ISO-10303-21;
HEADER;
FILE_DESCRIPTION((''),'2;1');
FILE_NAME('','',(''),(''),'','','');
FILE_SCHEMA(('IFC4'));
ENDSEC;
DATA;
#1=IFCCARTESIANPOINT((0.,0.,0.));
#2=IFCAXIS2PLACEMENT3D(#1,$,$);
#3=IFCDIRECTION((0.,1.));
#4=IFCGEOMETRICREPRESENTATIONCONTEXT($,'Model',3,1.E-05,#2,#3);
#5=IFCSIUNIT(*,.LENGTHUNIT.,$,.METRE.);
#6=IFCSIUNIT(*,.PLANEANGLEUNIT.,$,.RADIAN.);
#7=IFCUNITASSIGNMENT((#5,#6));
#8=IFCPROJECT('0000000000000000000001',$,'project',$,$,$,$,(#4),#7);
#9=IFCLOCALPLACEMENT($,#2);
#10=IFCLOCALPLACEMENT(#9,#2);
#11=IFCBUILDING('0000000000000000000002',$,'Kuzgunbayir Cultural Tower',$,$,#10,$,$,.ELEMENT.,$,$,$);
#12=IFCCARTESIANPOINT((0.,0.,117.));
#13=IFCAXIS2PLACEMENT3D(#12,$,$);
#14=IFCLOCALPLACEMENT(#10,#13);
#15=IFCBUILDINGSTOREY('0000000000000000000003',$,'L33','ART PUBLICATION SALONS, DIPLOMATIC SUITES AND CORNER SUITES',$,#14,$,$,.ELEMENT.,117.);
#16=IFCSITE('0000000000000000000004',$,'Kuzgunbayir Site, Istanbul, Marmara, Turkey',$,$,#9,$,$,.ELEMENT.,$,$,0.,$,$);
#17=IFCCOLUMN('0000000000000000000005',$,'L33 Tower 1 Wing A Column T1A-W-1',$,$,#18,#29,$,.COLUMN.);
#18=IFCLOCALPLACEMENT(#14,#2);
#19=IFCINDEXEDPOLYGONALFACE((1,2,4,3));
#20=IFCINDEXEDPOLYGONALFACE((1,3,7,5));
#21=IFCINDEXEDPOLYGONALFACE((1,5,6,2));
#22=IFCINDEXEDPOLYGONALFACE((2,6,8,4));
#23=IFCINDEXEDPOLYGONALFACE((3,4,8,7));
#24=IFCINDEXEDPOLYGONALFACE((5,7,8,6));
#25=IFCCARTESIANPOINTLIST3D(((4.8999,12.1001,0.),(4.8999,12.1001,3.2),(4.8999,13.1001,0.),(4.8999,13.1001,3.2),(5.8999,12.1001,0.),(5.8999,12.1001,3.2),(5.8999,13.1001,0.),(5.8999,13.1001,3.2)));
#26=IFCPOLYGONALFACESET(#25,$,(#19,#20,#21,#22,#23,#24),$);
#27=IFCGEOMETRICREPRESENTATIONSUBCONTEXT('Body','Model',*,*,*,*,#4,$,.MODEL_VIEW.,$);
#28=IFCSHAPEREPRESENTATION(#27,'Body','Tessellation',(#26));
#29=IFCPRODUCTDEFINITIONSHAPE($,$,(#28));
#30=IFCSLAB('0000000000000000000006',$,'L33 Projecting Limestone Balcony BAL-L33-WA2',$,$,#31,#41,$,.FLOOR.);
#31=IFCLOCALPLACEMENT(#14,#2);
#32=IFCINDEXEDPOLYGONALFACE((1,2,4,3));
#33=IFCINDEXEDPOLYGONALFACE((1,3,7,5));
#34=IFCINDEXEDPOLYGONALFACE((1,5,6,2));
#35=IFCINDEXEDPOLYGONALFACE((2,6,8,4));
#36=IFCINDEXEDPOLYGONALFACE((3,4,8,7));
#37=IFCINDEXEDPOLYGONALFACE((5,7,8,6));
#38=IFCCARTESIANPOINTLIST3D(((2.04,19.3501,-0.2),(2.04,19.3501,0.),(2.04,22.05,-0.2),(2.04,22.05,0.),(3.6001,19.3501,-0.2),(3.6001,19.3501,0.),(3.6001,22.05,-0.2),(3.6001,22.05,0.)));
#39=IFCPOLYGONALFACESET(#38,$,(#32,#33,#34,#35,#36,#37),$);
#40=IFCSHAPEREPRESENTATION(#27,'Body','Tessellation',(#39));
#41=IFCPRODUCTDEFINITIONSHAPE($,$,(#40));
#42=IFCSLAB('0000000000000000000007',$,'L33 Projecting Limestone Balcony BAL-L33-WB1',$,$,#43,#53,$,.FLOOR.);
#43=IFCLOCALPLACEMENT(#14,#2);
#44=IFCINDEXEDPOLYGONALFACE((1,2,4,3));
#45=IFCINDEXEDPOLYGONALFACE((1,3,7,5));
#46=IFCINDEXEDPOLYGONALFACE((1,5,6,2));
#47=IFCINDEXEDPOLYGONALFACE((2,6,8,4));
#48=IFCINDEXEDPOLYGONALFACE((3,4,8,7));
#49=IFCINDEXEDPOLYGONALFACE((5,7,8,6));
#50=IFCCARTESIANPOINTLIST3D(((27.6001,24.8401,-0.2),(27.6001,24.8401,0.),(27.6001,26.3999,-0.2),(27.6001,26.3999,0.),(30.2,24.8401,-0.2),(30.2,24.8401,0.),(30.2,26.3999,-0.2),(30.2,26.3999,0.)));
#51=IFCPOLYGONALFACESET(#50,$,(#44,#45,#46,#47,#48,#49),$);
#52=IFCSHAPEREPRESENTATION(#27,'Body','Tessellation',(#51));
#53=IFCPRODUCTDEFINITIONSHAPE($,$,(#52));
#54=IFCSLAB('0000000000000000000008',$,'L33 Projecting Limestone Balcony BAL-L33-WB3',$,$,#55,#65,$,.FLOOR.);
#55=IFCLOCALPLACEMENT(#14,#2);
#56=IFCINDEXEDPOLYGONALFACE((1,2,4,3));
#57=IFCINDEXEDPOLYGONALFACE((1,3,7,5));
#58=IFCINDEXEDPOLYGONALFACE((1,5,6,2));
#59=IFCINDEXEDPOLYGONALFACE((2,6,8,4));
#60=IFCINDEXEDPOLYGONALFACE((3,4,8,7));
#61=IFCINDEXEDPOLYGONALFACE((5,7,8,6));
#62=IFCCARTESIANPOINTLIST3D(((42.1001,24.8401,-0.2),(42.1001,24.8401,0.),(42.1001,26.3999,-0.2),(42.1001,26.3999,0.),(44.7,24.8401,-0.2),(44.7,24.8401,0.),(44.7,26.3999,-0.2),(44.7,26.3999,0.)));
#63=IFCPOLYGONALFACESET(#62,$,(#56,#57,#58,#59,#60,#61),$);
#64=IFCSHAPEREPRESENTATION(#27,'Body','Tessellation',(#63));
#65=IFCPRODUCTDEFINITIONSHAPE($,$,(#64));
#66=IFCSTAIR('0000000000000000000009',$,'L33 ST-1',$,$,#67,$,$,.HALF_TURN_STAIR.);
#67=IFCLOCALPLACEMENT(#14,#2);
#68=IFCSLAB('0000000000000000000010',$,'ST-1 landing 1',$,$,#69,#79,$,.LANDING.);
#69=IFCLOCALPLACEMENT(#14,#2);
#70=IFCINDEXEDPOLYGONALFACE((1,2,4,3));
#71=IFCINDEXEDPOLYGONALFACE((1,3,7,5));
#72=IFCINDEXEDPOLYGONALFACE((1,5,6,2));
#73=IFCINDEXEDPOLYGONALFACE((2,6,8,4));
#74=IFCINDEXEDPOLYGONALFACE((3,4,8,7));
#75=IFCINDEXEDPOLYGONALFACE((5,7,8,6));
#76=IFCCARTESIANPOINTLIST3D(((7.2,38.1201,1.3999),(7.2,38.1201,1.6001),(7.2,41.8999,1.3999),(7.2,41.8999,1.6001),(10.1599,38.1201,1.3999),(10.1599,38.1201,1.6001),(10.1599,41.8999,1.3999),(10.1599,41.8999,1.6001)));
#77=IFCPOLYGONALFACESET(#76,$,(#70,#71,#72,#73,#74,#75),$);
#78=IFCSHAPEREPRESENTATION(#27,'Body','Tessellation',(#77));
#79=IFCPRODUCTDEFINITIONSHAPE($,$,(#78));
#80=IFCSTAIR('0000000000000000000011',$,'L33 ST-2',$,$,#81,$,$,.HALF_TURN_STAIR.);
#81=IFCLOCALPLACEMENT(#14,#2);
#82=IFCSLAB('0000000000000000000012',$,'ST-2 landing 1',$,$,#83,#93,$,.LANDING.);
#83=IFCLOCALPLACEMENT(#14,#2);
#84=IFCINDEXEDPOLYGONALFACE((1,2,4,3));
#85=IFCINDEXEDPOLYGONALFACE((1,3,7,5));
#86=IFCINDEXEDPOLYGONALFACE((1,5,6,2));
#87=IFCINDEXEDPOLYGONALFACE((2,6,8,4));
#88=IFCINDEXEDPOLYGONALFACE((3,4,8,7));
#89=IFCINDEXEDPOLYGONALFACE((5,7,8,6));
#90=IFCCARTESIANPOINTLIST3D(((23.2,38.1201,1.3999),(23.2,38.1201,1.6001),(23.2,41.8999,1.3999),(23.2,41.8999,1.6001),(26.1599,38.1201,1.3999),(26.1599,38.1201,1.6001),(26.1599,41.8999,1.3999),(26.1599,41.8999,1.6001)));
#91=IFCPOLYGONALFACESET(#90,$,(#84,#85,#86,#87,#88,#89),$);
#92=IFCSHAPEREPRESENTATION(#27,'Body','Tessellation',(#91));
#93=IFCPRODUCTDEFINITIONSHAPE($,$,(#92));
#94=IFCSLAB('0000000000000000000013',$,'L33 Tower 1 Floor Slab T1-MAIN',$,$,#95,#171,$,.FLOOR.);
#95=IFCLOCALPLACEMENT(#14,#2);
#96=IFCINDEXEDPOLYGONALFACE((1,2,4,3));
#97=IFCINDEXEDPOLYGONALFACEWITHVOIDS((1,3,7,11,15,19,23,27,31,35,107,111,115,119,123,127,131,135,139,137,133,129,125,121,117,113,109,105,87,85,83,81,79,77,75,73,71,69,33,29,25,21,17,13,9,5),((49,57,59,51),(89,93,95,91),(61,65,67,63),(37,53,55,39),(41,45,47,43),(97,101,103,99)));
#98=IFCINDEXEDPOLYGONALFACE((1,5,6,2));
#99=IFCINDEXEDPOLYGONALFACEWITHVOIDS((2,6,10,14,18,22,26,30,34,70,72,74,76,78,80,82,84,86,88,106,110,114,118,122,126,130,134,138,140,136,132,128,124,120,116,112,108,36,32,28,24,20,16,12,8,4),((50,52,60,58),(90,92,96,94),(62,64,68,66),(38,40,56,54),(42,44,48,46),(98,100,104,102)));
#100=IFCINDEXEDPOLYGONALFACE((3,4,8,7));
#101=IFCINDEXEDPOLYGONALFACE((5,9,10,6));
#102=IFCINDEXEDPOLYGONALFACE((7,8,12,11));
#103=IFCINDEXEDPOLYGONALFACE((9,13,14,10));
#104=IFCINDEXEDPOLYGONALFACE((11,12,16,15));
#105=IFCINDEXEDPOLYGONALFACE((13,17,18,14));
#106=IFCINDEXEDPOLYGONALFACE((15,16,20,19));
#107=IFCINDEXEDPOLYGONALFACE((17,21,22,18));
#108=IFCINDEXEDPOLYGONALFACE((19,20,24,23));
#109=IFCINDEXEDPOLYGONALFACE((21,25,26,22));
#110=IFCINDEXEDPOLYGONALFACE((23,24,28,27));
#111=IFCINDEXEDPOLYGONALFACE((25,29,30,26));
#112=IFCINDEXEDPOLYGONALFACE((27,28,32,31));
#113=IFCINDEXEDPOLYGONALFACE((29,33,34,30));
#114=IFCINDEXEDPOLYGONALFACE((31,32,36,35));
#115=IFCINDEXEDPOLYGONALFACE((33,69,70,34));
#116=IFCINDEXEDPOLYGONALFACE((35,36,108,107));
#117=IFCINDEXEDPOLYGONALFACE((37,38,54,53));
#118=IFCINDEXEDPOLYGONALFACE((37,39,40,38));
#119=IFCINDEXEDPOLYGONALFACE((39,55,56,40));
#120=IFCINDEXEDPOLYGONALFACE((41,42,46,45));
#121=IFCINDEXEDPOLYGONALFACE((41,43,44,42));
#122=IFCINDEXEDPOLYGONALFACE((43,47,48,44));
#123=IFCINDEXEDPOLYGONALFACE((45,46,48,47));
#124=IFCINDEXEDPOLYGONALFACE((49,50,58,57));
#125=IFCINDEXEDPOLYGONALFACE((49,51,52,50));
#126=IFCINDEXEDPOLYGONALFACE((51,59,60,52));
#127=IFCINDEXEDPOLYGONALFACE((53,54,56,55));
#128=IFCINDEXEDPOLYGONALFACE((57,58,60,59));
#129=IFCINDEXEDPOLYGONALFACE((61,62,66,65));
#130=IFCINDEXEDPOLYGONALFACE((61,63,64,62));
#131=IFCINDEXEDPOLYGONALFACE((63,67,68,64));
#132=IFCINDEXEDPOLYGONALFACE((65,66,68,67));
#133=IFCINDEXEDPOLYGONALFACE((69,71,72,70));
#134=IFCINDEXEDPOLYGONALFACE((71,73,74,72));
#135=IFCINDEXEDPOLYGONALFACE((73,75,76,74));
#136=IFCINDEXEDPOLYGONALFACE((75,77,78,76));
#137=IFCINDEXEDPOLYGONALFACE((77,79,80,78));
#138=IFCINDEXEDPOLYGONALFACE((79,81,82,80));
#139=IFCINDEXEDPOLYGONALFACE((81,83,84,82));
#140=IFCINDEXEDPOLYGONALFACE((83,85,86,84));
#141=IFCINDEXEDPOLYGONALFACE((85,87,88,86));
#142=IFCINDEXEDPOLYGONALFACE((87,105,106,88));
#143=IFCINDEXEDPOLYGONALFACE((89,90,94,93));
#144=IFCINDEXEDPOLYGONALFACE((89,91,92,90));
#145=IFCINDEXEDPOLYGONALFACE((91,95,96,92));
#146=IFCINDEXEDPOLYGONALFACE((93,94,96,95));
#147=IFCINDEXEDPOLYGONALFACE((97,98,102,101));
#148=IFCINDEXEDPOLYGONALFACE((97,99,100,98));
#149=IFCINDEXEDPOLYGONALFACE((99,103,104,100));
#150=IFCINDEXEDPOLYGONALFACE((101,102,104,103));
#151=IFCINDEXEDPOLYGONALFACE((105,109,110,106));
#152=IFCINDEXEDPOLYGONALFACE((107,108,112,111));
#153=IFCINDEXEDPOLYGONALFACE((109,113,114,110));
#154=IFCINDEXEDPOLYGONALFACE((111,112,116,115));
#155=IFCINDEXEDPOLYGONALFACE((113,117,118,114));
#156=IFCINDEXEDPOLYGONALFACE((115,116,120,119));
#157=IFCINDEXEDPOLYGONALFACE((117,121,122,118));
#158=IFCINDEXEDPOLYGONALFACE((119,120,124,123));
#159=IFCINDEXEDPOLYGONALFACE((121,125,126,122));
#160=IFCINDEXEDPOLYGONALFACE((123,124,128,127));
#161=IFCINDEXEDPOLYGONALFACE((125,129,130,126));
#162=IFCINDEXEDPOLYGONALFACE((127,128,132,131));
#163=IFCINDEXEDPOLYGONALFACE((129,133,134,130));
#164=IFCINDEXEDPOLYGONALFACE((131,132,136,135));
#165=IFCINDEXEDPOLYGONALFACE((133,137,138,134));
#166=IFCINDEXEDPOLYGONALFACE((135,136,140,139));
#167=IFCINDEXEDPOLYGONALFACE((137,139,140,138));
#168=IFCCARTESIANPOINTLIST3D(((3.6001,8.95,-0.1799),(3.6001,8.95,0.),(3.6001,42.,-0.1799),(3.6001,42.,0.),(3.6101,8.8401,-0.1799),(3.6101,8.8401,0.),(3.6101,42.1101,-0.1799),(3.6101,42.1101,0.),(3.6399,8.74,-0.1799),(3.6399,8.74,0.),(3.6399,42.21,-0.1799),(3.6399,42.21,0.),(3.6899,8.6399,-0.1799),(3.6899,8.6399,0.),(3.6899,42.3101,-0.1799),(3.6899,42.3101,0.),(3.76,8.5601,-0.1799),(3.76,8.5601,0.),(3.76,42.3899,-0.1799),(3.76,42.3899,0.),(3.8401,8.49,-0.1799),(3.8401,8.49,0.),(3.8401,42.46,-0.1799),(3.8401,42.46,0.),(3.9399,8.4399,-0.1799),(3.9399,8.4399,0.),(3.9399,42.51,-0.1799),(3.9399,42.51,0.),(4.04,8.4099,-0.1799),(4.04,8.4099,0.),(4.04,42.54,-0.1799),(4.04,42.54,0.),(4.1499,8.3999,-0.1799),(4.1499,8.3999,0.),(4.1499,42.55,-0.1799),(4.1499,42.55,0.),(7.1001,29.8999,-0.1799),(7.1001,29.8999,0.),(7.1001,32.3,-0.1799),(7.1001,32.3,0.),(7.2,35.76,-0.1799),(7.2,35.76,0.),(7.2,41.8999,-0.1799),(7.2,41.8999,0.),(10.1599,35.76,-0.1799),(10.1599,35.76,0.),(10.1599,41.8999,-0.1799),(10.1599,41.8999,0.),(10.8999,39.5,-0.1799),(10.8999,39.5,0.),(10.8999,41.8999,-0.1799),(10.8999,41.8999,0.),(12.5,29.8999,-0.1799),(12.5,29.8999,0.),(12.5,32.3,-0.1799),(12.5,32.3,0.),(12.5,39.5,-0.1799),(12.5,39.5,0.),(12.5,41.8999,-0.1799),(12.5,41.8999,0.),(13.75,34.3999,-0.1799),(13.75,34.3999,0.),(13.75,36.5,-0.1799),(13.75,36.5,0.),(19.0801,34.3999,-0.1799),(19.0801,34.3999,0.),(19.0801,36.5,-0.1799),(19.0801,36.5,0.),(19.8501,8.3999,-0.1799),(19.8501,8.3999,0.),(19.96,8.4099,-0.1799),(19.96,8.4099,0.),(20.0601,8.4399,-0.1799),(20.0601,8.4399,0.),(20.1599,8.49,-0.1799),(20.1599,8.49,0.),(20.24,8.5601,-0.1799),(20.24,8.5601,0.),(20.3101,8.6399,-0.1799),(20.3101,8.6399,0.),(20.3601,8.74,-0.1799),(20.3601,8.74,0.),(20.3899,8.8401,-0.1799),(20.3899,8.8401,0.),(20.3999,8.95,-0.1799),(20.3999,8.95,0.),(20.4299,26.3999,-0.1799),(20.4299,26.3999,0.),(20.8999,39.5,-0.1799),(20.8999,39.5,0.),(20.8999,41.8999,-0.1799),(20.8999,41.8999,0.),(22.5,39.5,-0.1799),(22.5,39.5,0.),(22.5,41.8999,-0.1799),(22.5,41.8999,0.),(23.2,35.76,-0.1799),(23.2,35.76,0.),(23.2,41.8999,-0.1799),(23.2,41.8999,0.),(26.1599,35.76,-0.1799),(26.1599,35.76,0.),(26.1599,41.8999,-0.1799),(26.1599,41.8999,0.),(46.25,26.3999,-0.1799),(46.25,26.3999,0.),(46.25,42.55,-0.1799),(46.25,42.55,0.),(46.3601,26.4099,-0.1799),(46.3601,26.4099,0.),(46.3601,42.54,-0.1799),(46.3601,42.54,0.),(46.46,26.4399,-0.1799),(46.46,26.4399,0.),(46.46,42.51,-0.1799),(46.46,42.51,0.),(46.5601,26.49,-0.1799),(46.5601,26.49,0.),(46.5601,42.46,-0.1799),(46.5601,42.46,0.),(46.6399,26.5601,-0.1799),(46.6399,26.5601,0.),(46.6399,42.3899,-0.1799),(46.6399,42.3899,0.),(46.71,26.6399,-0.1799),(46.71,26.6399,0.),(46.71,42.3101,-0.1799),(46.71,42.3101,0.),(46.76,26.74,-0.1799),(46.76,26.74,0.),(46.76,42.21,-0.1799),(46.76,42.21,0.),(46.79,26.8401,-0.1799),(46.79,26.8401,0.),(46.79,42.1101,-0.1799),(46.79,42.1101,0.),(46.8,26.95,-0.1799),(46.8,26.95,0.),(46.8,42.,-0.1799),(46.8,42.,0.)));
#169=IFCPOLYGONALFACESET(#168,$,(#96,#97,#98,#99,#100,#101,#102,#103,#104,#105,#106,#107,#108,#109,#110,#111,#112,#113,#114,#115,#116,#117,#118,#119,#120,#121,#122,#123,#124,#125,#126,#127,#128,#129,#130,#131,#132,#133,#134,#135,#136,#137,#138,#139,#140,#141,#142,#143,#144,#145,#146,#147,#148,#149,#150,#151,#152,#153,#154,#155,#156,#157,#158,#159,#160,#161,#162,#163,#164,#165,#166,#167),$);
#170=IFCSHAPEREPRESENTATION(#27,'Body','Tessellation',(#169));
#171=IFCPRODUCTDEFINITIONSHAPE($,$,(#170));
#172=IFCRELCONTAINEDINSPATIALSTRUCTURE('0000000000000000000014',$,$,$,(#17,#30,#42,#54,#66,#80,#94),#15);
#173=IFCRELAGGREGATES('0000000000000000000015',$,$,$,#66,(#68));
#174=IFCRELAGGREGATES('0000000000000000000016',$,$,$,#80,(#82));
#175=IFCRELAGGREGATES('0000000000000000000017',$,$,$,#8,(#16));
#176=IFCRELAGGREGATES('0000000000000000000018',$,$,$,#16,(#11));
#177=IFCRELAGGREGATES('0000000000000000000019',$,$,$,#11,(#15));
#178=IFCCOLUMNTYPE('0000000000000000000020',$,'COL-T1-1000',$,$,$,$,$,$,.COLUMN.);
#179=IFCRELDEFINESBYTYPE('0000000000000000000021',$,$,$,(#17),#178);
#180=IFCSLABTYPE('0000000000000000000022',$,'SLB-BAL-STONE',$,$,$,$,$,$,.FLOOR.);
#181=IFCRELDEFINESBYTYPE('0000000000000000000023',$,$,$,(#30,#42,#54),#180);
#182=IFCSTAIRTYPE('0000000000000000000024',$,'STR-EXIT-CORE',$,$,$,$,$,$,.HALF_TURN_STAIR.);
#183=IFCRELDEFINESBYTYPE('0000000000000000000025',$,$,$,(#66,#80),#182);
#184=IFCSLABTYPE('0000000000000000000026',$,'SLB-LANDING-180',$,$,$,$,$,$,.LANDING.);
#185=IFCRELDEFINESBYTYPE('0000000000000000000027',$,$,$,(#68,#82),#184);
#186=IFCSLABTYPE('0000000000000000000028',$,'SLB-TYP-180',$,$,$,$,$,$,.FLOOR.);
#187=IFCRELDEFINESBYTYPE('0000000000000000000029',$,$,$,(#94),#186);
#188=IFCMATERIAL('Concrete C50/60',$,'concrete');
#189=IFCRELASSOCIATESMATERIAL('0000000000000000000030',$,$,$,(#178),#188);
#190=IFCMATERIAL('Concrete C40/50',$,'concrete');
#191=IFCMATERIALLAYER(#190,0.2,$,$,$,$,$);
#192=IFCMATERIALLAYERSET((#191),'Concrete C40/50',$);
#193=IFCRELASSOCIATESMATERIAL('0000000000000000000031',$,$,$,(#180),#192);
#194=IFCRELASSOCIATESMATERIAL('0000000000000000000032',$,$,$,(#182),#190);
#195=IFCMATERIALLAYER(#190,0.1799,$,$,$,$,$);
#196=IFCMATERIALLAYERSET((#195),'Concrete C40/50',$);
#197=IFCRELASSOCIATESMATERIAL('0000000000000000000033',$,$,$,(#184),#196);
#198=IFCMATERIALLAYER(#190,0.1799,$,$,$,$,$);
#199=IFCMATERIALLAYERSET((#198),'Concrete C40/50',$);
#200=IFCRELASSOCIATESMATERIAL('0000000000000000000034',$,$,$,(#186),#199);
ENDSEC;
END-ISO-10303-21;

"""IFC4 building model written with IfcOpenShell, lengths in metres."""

from ifc_helpers import new_model, si_unit, direction, frame, origin, origin_2d, place, context, subcontext, project, spatial, polyline, rectangle, outline, extrude, material, layer, layer_set, material_profile, profile_set, type_object, element, aggregate, save


model = new_model("IFC4")

# Units and contexts
model_context = context("Model", 3, precision=1e-05, world=origin(), true_north=direction((0.0, 1.0)))
body_context = subcontext(model_context, "Body", "Model", "MODEL_VIEW")
ifc_project = project(units=[si_unit("LENGTHUNIT", "METRE"), si_unit("PLANEANGLEUNIT", "RADIAN")], contexts=[model_context])

# Site, building, storey
site_placement = place(None, origin())
site = spatial("IfcSite", under=ifc_project, at=site_placement, Name="Kuzgunbayir Site, Istanbul, Marmara, Turkey", CompositionType="ELEMENT", RefElevation=0.0)
building_placement = place(site_placement, origin())
building = spatial("IfcBuilding", under=site, at=building_placement, Name="Kuzgunbayir Cultural Tower", CompositionType="ELEMENT")
storey_placement = place(building_placement, frame((0.0, 0.0, 117.0)))
storey = spatial("IfcBuildingStorey", under=building, at=storey_placement, Name="L33", Description="ART PUBLICATION SALONS, DIPLOMATIC SUITES AND CORNER SUITES", CompositionType="ELEMENT", Elevation=117.0)

# Column
ifc_material_1 = material(Name="Concrete C50/60", Category="concrete")
ifc_material_profile = material_profile(ifc_material_1, rectangle(XDim=1.0, YDim=1.0, at=origin_2d()), Name="RC 1000x1000")
ifc_profile_set = profile_set([ifc_material_profile], Name="Concrete C50/60")
column_type = type_object("IfcColumnType", Name="COL-T1-1000", PredefinedType="COLUMN", material=ifc_profile_set)
column_placement = place(storey_placement, frame((5.3999, 12.6001, 0.0), z_axis=(0.0, 0.0, 1.0), x_axis=(1.0, 0.0, 0.0)))
element("IfcColumn", 1, at=column_placement, inside=storey, type_object=column_type, Name="L33 Tower 1 Wing A Column T1A-W-1", PredefinedType="COLUMN", context=body_context, shape_type="SweptSolid", body=[
    extrude(rectangle(XDim=1.0, YDim=1.0, at=origin_2d()), origin(), (0.0, 0.0, 1.0), 3.2),
])

# Slabs
ifc_material_2 = material(Name="Concrete C40/50", Category="concrete")
ifc_layer_1 = layer(ifc_material_2, 0.2)
ifc_layer_set_1 = layer_set([ifc_layer_1], Name="Concrete C40/50")
slab_type_1 = type_object("IfcSlabType", Name="SLB-BAL-STONE", PredefinedType="FLOOR", material=ifc_layer_set_1)
slab_1_placement = place(storey_placement, frame((0.0, 0.0, -0.2)))
element("IfcSlab", 2, at=slab_1_placement, inside=storey, type_object=slab_type_1, Name="L33 Projecting Limestone Balcony BAL-L33-WA2", PredefinedType="FLOOR", context=body_context, shape_type="SweptSolid", body=[
    extrude(outline(polyline([(2.04, 19.3501), (3.6001, 19.3501), (3.6001, 22.05), (2.04, 22.05), (2.04, 19.3501)])), origin(), (0.0, 0.0, 1.0), 0.2),
])
slab_2_placement = place(storey_placement, frame((0.0, 0.0, -0.2)))
element("IfcSlab", 3, at=slab_2_placement, inside=storey, type_object=slab_type_1, Name="L33 Projecting Limestone Balcony BAL-L33-WB1", PredefinedType="FLOOR", context=body_context, shape_type="SweptSolid", body=[
    extrude(outline(polyline([(27.6001, 24.8401), (30.2, 24.8401), (30.2, 26.3999), (27.6001, 26.3999), (27.6001, 24.8401)])), origin(), (0.0, 0.0, 1.0), 0.2),
])
slab_3_placement = place(storey_placement, frame((0.0, 0.0, -0.2)))
element("IfcSlab", 4, at=slab_3_placement, inside=storey, type_object=slab_type_1, Name="L33 Projecting Limestone Balcony BAL-L33-WB3", PredefinedType="FLOOR", context=body_context, shape_type="SweptSolid", body=[
    extrude(outline(polyline([(42.1001, 24.8401), (44.7, 24.8401), (44.7, 26.3999), (42.1001, 26.3999), (42.1001, 24.8401)])), origin(), (0.0, 0.0, 1.0), 0.2),
])

# Stairs, slabs
stair_type = type_object("IfcStairType", Name="STR-EXIT-CORE", PredefinedType="HALF_TURN_STAIR", material=ifc_material_2)
stair_1_placement = place(storey_placement, origin())
stair_1 = element("IfcStair", 5, at=stair_1_placement, inside=storey, type_object=stair_type, Name="L33 ST-1", PredefinedType="HALF_TURN_STAIR")
ifc_layer_2 = layer(ifc_material_2, 0.1799)
ifc_layer_set_2 = layer_set([ifc_layer_2], Name="Concrete C40/50")
slab_type_2 = type_object("IfcSlabType", Name="SLB-LANDING-180", PredefinedType="LANDING", material=ifc_layer_set_2)
slab_4_placement = place(storey_placement, frame((0.0, 0.0, 1.3999)))
slab_4 = element("IfcSlab", 6, at=slab_4_placement, type_object=slab_type_2, Name="ST-1 landing 1", PredefinedType="LANDING", context=body_context, shape_type="SweptSolid", body=[
    extrude(outline(polyline([(10.1599, 38.1201), (10.1599, 41.8999), (7.2, 41.8999), (7.2, 38.1201), (10.1599, 38.1201)])), origin(), (0.0, 0.0, 1.0), 0.2002),
])
aggregate(stair_1, [slab_4])
stair_2_placement = place(storey_placement, origin())
stair_2 = element("IfcStair", 7, at=stair_2_placement, inside=storey, type_object=stair_type, Name="L33 ST-2", PredefinedType="HALF_TURN_STAIR")
slab_5_placement = place(storey_placement, frame((0.0, 0.0, 1.3999)))
slab_5 = element("IfcSlab", 8, at=slab_5_placement, type_object=slab_type_2, Name="ST-2 landing 1", PredefinedType="LANDING", context=body_context, shape_type="SweptSolid", body=[
    extrude(outline(polyline([(26.1599, 38.1201), (26.1599, 41.8999), (23.2, 41.8999), (23.2, 38.1201), (26.1599, 38.1201)])), origin(), (0.0, 0.0, 1.0), 0.2002),
])
aggregate(stair_2, [slab_5])

# Slab
ifc_layer_3 = layer(ifc_material_2, 0.1799)
ifc_layer_set_3 = layer_set([ifc_layer_3], Name="Concrete C40/50")
slab_type_3 = type_object("IfcSlabType", Name="SLB-TYP-180", PredefinedType="FLOOR", material=ifc_layer_set_3)
slab_6_placement = place(storey_placement, frame((0.0, 0.0, -0.1799)))
element("IfcSlab", 9, at=slab_6_placement, inside=storey, type_object=slab_type_3, Name="L33 Tower 1 Floor Slab T1-MAIN", PredefinedType="FLOOR", context=body_context, shape_type="SweptSolid", body=[
    extrude(outline(polyline([(20.3999, 8.95), (20.3899, 8.8401), (20.3601, 8.74), (20.3101, 8.6399), (20.24, 8.5601), (20.1599, 8.49), (20.0601, 8.4399), (19.96, 8.4099), (19.8501, 8.3999), (4.1499, 8.3999), (4.04, 8.4099), (3.9399, 8.4399), (3.8401, 8.49), (3.76, 8.5601), (3.6899, 8.6399), (3.6399, 8.74), (3.6101, 8.8401), (3.6001, 8.95), (3.6001, 42.0), (3.6101, 42.1101), (3.6399, 42.21), (3.6899, 42.3101), (3.76, 42.3899), (3.8401, 42.46), (3.9399, 42.51), (4.04, 42.54), (4.1499, 42.55), (46.25, 42.55), (46.3601, 42.54), (46.46, 42.51), (46.5601, 42.46), (46.6399, 42.3899), (46.71, 42.3101), (46.76, 42.21), (46.79, 42.1101), (46.8, 42.0), (46.8, 26.95), (46.79, 26.8401), (46.76, 26.74), (46.71, 26.6399), (46.6399, 26.5601), (46.5601, 26.49), (46.46, 26.4399), (46.3601, 26.4099), (46.25, 26.3999), (20.4299, 26.3999), (20.3999, 8.95)]), holes=[polyline([(7.2, 35.76), (7.2, 41.8999), (10.1599, 41.8999), (10.1599, 35.76), (7.2, 35.76)]), polyline([(23.2, 35.76), (23.2, 41.8999), (26.1599, 41.8999), (26.1599, 35.76), (23.2, 35.76)]), polyline([(13.75, 34.3999), (13.75, 36.5), (19.0801, 36.5), (19.0801, 34.3999), (13.75, 34.3999)]), polyline([(7.1001, 29.8999), (7.1001, 32.3), (12.5, 32.3), (12.5, 29.8999), (7.1001, 29.8999)]), polyline([(10.8999, 39.5), (10.8999, 41.8999), (12.5, 41.8999), (12.5, 39.5), (10.8999, 39.5)]), polyline([(20.8999, 39.5), (20.8999, 41.8999), (22.5, 41.8999), (22.5, 39.5), (20.8999, 39.5)])]), origin(), (0.0, 0.0, 1.0), 0.1799),
])

save(model, "model.ifc")
